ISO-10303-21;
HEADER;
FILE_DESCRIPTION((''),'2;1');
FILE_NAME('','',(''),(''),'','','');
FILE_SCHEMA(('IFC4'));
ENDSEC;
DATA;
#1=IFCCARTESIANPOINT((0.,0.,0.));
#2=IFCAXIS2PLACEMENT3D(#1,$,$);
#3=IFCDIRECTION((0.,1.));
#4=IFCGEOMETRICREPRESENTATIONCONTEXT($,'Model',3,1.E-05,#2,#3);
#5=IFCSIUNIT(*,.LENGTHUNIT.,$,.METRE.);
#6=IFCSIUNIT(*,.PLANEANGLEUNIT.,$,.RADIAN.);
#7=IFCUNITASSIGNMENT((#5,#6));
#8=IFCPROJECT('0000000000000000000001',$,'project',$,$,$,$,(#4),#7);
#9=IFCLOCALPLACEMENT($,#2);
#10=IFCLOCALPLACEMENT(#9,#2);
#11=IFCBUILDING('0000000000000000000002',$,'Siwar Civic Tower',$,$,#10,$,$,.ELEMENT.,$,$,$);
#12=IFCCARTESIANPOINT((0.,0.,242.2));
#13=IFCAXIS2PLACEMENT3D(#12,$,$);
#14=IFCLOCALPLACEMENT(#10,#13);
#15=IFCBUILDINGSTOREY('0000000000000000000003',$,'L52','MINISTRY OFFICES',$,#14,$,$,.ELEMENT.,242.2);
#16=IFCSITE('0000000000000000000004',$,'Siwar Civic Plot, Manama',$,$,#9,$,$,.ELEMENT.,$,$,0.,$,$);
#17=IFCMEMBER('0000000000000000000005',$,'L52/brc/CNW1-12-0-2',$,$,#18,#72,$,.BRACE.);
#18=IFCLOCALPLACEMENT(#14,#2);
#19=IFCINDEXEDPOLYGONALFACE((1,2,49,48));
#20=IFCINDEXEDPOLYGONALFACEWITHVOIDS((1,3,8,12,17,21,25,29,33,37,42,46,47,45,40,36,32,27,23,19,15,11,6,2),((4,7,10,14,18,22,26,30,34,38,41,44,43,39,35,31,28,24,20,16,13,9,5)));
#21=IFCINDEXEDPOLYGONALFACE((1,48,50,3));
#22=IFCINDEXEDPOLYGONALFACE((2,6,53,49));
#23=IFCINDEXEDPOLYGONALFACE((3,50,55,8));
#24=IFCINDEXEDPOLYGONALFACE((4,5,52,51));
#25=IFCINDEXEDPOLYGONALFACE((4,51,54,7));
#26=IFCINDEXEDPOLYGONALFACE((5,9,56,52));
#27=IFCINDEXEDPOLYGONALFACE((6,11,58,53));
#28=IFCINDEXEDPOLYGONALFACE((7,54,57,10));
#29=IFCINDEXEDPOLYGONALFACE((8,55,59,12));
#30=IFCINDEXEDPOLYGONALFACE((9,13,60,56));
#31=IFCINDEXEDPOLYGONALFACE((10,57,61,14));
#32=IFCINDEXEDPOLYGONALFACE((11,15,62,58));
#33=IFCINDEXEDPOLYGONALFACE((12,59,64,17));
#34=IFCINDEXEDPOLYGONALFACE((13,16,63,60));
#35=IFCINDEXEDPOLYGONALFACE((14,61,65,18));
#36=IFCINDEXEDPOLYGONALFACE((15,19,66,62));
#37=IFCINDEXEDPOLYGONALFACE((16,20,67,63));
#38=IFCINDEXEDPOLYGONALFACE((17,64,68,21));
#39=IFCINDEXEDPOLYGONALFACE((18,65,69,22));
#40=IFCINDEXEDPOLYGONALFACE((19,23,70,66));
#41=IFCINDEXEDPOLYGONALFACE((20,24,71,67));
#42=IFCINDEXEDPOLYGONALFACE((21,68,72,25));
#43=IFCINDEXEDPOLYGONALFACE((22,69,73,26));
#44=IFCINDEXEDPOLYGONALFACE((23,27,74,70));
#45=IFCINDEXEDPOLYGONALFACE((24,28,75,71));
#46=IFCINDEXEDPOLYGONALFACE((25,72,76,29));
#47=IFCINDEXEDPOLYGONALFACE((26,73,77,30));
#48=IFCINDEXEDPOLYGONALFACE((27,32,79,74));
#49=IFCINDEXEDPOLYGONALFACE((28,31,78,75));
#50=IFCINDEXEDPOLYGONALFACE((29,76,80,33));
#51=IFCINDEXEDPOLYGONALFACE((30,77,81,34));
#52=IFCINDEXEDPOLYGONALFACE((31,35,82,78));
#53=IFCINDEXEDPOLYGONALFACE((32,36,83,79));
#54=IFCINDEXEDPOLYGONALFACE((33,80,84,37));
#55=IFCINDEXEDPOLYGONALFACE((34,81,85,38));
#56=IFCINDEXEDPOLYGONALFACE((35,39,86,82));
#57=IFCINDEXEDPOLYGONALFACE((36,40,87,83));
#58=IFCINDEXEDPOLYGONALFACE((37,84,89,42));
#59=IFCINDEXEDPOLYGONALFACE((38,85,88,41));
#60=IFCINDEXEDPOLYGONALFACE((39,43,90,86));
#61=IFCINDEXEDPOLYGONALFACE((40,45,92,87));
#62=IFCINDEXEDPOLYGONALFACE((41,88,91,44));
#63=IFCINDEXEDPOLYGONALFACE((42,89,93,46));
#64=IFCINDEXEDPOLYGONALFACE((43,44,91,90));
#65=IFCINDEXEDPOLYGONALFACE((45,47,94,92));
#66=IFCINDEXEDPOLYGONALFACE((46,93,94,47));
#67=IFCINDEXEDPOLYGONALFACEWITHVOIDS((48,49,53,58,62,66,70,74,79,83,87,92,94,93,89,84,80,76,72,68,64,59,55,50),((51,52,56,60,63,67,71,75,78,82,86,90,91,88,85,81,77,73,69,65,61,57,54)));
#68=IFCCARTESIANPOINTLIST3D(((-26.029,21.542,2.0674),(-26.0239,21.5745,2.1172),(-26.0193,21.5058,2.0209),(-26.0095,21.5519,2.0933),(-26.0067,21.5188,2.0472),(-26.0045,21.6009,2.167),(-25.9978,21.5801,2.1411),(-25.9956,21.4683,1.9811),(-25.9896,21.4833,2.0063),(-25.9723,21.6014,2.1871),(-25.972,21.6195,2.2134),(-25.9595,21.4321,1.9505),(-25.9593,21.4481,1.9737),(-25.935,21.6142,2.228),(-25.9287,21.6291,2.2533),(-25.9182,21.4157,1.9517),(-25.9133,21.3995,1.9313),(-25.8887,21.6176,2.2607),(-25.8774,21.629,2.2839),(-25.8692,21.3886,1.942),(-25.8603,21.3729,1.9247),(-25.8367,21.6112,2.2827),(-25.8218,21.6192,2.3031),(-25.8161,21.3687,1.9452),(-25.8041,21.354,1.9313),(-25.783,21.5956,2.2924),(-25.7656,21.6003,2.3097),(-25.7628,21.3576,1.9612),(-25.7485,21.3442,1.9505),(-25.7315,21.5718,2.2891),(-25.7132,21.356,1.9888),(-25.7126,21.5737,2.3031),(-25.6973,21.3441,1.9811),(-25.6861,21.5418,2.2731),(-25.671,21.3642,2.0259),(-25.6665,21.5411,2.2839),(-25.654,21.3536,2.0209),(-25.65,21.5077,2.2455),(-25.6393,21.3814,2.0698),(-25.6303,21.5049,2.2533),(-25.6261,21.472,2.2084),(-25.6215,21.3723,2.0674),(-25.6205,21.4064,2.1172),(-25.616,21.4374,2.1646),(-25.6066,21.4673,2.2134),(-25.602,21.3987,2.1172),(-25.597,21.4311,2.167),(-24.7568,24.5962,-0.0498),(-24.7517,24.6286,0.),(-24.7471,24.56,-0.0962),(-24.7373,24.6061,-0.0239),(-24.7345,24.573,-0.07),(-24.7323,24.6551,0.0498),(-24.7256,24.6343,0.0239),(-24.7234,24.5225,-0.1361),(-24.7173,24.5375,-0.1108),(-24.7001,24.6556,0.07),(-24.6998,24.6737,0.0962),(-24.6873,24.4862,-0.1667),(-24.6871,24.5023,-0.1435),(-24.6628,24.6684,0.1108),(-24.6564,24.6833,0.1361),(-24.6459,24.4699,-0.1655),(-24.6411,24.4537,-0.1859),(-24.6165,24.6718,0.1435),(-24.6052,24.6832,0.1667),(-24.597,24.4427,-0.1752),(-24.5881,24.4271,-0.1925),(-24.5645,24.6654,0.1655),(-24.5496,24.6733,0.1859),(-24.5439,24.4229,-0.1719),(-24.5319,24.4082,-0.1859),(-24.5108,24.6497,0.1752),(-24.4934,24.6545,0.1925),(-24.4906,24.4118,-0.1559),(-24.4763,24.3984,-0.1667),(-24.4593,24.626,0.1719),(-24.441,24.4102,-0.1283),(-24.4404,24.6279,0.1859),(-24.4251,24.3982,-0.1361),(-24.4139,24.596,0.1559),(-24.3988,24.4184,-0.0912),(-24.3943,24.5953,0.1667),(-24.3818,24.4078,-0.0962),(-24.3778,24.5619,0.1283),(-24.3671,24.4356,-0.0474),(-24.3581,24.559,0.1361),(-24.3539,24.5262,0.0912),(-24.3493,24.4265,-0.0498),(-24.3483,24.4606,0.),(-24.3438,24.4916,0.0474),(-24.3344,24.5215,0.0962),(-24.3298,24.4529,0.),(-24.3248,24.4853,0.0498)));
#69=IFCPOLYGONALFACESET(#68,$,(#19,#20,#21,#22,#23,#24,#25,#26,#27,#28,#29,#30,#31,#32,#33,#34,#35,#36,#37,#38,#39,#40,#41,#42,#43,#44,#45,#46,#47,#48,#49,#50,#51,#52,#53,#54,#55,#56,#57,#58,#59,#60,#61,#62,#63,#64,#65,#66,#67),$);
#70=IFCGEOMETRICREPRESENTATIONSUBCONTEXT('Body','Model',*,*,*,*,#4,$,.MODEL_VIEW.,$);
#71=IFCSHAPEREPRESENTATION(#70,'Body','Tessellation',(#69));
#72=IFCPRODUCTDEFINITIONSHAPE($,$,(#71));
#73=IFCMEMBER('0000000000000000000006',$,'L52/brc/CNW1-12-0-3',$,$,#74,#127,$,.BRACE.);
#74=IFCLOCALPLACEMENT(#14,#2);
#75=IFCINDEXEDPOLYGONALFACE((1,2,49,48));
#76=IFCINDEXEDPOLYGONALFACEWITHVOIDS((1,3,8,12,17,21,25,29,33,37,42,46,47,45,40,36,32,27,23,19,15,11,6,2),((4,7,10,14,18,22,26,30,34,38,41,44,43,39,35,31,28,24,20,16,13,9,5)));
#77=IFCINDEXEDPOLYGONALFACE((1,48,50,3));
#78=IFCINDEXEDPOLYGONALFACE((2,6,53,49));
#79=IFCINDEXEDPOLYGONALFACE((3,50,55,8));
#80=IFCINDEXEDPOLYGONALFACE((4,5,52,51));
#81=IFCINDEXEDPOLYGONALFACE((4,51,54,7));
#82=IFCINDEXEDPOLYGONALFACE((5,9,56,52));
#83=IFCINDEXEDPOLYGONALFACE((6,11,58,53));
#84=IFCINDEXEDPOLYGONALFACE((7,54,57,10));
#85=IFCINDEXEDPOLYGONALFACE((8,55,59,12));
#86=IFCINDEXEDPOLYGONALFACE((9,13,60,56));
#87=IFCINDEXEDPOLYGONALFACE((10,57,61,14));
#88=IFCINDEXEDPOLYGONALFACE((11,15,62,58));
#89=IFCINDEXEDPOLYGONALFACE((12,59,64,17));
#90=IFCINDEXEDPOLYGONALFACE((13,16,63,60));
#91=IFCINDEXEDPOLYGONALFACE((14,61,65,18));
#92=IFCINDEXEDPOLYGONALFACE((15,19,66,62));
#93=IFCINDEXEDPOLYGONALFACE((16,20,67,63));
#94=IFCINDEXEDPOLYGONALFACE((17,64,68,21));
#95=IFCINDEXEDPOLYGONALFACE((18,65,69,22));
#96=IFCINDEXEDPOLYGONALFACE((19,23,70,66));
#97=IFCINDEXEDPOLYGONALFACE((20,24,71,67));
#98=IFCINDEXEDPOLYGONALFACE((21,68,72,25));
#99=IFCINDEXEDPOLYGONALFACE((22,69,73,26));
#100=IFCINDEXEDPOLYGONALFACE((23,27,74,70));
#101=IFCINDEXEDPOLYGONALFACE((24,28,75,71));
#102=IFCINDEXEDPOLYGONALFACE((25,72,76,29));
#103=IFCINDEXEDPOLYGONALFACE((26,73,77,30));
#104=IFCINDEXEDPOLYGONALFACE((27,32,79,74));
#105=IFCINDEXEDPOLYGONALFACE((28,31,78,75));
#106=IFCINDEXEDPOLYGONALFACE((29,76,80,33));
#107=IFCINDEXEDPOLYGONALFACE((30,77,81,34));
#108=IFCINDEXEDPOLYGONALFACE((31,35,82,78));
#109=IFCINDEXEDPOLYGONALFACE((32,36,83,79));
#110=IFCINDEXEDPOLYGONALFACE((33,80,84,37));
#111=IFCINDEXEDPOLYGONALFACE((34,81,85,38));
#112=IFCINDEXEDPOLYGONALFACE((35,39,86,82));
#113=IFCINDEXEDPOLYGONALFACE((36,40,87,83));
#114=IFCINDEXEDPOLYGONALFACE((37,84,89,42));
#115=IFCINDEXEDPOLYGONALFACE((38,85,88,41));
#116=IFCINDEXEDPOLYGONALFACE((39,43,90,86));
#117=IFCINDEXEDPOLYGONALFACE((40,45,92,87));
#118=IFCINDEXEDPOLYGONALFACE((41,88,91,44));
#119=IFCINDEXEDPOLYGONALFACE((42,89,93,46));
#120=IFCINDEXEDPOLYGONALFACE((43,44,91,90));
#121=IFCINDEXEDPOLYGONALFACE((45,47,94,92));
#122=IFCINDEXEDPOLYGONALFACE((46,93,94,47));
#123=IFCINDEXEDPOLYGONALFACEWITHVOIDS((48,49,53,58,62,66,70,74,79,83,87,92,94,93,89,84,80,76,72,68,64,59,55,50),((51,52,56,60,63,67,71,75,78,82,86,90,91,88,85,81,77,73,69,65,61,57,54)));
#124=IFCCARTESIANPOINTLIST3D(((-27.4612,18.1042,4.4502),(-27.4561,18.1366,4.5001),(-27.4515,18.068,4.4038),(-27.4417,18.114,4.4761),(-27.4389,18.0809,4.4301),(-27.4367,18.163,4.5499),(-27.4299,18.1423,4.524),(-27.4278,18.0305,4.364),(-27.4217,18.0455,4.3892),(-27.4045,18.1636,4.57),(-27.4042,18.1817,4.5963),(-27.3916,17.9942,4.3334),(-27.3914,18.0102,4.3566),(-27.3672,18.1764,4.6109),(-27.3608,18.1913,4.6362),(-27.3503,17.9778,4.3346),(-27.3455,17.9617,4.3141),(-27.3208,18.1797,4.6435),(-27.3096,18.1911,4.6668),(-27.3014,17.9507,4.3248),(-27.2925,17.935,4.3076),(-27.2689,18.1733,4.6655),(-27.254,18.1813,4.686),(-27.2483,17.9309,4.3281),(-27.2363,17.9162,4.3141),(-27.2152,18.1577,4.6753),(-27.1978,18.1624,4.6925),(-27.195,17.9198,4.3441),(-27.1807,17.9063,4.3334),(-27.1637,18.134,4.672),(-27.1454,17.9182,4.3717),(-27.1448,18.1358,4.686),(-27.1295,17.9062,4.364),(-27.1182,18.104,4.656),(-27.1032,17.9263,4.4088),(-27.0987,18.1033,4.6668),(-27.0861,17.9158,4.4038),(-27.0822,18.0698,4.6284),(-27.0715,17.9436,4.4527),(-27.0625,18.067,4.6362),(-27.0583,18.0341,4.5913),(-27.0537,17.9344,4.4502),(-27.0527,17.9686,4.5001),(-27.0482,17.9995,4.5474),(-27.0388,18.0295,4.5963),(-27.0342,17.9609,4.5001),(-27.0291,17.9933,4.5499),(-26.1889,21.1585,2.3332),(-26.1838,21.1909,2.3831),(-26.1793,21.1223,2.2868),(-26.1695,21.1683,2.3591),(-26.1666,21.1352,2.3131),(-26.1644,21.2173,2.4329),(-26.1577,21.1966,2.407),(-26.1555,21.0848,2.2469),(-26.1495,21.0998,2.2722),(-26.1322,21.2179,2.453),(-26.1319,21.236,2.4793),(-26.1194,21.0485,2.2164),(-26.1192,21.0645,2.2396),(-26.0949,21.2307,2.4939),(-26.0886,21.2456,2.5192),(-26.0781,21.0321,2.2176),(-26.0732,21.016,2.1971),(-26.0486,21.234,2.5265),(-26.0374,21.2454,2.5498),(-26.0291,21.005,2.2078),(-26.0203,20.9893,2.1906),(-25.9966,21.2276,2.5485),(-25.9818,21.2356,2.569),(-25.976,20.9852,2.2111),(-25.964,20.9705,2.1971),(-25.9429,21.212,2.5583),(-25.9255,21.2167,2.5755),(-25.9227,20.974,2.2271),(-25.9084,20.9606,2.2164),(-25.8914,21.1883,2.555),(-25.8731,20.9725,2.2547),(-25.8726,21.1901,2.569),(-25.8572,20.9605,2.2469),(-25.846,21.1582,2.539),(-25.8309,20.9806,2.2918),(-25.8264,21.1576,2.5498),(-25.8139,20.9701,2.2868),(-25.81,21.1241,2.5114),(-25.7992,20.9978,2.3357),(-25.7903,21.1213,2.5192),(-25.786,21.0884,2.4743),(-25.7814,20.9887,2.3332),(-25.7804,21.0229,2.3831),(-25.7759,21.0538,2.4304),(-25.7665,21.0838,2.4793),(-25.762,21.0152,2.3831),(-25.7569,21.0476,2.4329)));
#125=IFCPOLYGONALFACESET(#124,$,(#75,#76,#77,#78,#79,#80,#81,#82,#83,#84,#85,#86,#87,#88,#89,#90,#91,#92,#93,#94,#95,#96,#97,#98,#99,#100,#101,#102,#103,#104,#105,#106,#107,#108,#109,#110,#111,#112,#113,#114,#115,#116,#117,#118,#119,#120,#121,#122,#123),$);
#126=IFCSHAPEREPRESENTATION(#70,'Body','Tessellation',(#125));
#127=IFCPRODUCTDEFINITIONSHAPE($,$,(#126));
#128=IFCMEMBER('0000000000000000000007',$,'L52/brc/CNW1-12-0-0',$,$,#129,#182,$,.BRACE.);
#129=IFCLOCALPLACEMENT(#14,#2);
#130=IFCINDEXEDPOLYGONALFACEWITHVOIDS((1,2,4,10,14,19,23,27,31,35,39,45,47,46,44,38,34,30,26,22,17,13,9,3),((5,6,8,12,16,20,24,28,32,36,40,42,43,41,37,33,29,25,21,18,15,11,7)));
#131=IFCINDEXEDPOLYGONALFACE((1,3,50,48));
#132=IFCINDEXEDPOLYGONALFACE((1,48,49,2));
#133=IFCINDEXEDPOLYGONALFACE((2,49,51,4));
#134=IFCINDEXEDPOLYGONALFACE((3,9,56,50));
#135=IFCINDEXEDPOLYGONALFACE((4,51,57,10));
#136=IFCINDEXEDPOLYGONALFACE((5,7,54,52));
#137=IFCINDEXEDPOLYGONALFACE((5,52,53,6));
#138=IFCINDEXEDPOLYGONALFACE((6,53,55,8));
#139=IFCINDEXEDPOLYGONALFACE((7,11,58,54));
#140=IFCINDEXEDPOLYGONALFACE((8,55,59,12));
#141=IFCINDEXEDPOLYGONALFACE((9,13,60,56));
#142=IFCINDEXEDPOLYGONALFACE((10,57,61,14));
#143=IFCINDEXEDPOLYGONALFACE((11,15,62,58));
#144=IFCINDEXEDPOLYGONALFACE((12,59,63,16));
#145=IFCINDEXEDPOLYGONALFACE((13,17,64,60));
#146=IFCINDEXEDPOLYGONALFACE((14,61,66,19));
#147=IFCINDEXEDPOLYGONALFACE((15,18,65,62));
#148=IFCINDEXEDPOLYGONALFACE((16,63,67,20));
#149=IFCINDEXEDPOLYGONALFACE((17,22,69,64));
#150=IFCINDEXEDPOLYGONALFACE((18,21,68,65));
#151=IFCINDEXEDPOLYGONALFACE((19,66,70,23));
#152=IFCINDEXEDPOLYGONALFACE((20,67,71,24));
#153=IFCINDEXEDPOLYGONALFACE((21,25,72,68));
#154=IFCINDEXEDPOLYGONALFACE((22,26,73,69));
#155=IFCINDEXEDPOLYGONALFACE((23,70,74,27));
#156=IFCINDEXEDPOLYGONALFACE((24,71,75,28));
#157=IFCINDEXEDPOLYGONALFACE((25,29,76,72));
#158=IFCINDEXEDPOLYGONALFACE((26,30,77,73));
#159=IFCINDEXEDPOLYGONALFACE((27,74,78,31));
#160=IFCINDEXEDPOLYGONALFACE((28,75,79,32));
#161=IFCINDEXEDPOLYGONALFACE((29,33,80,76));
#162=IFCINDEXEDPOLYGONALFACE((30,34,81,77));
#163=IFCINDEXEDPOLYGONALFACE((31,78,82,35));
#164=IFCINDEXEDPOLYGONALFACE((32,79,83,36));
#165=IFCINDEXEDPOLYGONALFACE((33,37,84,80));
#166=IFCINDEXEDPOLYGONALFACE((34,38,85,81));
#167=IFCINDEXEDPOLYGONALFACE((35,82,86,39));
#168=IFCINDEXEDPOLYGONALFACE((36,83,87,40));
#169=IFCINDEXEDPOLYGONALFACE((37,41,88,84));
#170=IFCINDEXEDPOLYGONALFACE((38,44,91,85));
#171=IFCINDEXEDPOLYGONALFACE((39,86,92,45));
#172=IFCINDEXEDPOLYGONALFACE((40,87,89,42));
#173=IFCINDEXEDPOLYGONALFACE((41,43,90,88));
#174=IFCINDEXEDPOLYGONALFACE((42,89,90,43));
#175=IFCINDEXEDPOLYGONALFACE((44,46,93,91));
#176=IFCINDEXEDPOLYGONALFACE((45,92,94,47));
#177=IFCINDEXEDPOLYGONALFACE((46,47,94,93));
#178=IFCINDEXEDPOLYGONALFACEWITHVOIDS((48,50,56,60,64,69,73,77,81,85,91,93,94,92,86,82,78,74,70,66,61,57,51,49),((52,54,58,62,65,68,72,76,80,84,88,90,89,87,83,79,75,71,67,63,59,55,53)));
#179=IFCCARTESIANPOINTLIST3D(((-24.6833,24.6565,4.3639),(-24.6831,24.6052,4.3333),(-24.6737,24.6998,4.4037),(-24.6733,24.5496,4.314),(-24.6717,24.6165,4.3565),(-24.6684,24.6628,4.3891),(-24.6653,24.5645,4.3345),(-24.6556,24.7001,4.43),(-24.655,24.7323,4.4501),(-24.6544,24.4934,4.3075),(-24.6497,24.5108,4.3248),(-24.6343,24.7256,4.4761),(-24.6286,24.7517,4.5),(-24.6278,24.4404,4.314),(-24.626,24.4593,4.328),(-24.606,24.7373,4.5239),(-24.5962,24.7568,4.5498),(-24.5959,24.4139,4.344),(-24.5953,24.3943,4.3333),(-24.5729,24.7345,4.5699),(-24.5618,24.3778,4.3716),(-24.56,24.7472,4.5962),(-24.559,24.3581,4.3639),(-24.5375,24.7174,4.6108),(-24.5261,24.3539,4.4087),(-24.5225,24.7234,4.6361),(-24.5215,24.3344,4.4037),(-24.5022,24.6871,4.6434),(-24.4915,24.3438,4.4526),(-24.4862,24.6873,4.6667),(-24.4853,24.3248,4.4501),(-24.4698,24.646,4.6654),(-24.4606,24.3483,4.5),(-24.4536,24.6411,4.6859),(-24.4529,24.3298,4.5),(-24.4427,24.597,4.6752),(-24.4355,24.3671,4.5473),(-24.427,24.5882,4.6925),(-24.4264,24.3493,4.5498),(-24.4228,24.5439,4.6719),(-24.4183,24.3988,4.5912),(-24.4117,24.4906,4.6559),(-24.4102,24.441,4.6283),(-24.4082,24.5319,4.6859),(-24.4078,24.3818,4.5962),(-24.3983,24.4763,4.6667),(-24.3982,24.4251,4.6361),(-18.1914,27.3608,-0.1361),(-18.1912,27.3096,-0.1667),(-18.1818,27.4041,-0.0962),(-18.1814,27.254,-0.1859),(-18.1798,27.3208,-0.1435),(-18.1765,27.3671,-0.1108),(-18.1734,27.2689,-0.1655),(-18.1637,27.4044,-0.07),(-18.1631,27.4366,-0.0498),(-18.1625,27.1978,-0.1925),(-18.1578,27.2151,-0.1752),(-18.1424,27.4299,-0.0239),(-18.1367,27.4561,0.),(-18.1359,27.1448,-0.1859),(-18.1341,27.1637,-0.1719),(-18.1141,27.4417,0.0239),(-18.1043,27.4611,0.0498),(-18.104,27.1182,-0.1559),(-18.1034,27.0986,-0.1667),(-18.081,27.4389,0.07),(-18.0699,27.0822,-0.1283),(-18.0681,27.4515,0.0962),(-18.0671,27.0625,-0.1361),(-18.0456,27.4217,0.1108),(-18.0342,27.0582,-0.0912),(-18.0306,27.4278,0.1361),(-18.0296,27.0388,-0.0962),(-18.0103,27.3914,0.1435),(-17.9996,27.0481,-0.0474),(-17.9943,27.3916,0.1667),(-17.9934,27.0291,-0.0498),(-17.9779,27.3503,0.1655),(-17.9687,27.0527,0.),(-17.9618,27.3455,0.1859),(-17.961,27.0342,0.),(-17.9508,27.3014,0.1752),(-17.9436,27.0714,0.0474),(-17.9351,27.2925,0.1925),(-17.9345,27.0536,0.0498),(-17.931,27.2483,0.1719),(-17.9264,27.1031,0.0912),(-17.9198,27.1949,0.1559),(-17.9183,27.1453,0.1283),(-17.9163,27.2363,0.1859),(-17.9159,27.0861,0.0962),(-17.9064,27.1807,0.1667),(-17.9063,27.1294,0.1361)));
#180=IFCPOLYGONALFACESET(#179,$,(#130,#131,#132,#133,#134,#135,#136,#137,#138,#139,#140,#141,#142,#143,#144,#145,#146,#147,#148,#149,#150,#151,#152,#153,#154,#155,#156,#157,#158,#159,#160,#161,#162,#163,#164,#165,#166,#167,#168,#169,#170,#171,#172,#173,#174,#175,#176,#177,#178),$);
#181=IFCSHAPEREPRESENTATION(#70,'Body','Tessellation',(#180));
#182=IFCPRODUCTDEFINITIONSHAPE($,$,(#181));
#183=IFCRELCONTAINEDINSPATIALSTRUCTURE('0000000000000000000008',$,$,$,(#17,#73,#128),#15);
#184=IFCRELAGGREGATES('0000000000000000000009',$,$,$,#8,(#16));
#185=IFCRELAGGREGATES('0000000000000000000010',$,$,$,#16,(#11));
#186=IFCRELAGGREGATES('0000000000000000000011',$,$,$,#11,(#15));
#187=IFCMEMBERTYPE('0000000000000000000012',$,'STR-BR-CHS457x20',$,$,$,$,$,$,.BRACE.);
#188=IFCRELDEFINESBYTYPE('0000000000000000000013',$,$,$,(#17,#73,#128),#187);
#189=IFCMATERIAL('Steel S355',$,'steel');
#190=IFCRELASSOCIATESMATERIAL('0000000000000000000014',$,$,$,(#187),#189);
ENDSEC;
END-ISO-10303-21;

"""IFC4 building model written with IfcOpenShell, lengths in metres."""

from ifc_helpers import new_model, si_unit, direction, frame, origin, origin_2d, place, context, subcontext, project, spatial, hollow_circle, extrude, material, material_profile, profile_set, type_object, element, save


model = new_model("IFC4")

# Units and contexts
model_context = context("Model", 3, precision=1e-05, world=origin(), true_north=direction((0.0, 1.0)))
body_context = subcontext(model_context, "Body", "Model", "MODEL_VIEW")
ifc_project = project(units=[si_unit("LENGTHUNIT", "METRE"), si_unit("PLANEANGLEUNIT", "RADIAN")], contexts=[model_context])

# Site, building, storey
site_placement = place(None, origin())
site = spatial("IfcSite", under=ifc_project, at=site_placement, Name="Siwar Civic Plot, Manama", CompositionType="ELEMENT", RefElevation=0.0)
building_placement = place(site_placement, origin())
building = spatial("IfcBuilding", under=site, at=building_placement, Name="Siwar Civic Tower", CompositionType="ELEMENT")
storey_placement = place(building_placement, frame((0.0, 0.0, 242.2)))
storey = spatial("IfcBuildingStorey", under=building, at=storey_placement, Name="L52", Description="MINISTRY OFFICES", CompositionType="ELEMENT", Elevation=242.2)

# Members
ifc_material_1 = material(Name="Steel S355", Category="steel")
ifc_material_profile_1 = material_profile(ifc_material_1, hollow_circle(Radius=0.2285, WallThickness=0.02, at=origin_2d()), Name="CHS457x20")
ifc_profile_set_1 = profile_set([ifc_material_profile_1], Name="Steel S355")
member_type_1 = type_object("IfcMemberType", Name="STR-BR-CHS457x20", PredefinedType="BRACE", material=ifc_profile_set_1)
for number, where, z_axis, x_axis, name in (
    (1, (-24.5408, 24.5408, 0.0), (-0.323884, -0.777546, 0.538999), (0.923116, -0.384521, 0.0), "L52/brc/CNW1-12-0-2"),
    (2, (-25.9729, 21.103, 2.3831), (-0.323895, -0.777572, 0.538955), (0.923116, -0.384521, 0.0), "L52/brc/CNW1-12-0-3"),
):
    element("IfcMember", number, at=place(storey_placement, frame(where, z_axis=z_axis, x_axis=x_axis)), inside=storey, type_object=member_type_1, Name=name, PredefinedType="BRACE", context=body_context, shape_type="SweptSolid", body=[
        extrude(hollow_circle(Radius=0.2285, WallThickness=0.02, at=origin_2d()), origin(), (0.0, 0.0, 1.0), 3.928),
    ])
member_1_placement = place(storey_placement, frame((-18.0488, 27.2451, 0.0), z_axis=(-0.777555, -0.323906, 0.538975), x_axis=(0.384539, -0.923109, 0.0)))
element("IfcMember", 3, at=member_1_placement, inside=storey, type_object=member_type_1, Name="L52/brc/CNW1-12-0-0", PredefinedType="BRACE", context=body_context, shape_type="SweptSolid", body=[
    extrude(hollow_circle(Radius=0.2285, WallThickness=0.02, at=origin_2d()), origin(), (0.0, 0.0, 1.0), 8.3491),
])

save(model, "model.ifc")
